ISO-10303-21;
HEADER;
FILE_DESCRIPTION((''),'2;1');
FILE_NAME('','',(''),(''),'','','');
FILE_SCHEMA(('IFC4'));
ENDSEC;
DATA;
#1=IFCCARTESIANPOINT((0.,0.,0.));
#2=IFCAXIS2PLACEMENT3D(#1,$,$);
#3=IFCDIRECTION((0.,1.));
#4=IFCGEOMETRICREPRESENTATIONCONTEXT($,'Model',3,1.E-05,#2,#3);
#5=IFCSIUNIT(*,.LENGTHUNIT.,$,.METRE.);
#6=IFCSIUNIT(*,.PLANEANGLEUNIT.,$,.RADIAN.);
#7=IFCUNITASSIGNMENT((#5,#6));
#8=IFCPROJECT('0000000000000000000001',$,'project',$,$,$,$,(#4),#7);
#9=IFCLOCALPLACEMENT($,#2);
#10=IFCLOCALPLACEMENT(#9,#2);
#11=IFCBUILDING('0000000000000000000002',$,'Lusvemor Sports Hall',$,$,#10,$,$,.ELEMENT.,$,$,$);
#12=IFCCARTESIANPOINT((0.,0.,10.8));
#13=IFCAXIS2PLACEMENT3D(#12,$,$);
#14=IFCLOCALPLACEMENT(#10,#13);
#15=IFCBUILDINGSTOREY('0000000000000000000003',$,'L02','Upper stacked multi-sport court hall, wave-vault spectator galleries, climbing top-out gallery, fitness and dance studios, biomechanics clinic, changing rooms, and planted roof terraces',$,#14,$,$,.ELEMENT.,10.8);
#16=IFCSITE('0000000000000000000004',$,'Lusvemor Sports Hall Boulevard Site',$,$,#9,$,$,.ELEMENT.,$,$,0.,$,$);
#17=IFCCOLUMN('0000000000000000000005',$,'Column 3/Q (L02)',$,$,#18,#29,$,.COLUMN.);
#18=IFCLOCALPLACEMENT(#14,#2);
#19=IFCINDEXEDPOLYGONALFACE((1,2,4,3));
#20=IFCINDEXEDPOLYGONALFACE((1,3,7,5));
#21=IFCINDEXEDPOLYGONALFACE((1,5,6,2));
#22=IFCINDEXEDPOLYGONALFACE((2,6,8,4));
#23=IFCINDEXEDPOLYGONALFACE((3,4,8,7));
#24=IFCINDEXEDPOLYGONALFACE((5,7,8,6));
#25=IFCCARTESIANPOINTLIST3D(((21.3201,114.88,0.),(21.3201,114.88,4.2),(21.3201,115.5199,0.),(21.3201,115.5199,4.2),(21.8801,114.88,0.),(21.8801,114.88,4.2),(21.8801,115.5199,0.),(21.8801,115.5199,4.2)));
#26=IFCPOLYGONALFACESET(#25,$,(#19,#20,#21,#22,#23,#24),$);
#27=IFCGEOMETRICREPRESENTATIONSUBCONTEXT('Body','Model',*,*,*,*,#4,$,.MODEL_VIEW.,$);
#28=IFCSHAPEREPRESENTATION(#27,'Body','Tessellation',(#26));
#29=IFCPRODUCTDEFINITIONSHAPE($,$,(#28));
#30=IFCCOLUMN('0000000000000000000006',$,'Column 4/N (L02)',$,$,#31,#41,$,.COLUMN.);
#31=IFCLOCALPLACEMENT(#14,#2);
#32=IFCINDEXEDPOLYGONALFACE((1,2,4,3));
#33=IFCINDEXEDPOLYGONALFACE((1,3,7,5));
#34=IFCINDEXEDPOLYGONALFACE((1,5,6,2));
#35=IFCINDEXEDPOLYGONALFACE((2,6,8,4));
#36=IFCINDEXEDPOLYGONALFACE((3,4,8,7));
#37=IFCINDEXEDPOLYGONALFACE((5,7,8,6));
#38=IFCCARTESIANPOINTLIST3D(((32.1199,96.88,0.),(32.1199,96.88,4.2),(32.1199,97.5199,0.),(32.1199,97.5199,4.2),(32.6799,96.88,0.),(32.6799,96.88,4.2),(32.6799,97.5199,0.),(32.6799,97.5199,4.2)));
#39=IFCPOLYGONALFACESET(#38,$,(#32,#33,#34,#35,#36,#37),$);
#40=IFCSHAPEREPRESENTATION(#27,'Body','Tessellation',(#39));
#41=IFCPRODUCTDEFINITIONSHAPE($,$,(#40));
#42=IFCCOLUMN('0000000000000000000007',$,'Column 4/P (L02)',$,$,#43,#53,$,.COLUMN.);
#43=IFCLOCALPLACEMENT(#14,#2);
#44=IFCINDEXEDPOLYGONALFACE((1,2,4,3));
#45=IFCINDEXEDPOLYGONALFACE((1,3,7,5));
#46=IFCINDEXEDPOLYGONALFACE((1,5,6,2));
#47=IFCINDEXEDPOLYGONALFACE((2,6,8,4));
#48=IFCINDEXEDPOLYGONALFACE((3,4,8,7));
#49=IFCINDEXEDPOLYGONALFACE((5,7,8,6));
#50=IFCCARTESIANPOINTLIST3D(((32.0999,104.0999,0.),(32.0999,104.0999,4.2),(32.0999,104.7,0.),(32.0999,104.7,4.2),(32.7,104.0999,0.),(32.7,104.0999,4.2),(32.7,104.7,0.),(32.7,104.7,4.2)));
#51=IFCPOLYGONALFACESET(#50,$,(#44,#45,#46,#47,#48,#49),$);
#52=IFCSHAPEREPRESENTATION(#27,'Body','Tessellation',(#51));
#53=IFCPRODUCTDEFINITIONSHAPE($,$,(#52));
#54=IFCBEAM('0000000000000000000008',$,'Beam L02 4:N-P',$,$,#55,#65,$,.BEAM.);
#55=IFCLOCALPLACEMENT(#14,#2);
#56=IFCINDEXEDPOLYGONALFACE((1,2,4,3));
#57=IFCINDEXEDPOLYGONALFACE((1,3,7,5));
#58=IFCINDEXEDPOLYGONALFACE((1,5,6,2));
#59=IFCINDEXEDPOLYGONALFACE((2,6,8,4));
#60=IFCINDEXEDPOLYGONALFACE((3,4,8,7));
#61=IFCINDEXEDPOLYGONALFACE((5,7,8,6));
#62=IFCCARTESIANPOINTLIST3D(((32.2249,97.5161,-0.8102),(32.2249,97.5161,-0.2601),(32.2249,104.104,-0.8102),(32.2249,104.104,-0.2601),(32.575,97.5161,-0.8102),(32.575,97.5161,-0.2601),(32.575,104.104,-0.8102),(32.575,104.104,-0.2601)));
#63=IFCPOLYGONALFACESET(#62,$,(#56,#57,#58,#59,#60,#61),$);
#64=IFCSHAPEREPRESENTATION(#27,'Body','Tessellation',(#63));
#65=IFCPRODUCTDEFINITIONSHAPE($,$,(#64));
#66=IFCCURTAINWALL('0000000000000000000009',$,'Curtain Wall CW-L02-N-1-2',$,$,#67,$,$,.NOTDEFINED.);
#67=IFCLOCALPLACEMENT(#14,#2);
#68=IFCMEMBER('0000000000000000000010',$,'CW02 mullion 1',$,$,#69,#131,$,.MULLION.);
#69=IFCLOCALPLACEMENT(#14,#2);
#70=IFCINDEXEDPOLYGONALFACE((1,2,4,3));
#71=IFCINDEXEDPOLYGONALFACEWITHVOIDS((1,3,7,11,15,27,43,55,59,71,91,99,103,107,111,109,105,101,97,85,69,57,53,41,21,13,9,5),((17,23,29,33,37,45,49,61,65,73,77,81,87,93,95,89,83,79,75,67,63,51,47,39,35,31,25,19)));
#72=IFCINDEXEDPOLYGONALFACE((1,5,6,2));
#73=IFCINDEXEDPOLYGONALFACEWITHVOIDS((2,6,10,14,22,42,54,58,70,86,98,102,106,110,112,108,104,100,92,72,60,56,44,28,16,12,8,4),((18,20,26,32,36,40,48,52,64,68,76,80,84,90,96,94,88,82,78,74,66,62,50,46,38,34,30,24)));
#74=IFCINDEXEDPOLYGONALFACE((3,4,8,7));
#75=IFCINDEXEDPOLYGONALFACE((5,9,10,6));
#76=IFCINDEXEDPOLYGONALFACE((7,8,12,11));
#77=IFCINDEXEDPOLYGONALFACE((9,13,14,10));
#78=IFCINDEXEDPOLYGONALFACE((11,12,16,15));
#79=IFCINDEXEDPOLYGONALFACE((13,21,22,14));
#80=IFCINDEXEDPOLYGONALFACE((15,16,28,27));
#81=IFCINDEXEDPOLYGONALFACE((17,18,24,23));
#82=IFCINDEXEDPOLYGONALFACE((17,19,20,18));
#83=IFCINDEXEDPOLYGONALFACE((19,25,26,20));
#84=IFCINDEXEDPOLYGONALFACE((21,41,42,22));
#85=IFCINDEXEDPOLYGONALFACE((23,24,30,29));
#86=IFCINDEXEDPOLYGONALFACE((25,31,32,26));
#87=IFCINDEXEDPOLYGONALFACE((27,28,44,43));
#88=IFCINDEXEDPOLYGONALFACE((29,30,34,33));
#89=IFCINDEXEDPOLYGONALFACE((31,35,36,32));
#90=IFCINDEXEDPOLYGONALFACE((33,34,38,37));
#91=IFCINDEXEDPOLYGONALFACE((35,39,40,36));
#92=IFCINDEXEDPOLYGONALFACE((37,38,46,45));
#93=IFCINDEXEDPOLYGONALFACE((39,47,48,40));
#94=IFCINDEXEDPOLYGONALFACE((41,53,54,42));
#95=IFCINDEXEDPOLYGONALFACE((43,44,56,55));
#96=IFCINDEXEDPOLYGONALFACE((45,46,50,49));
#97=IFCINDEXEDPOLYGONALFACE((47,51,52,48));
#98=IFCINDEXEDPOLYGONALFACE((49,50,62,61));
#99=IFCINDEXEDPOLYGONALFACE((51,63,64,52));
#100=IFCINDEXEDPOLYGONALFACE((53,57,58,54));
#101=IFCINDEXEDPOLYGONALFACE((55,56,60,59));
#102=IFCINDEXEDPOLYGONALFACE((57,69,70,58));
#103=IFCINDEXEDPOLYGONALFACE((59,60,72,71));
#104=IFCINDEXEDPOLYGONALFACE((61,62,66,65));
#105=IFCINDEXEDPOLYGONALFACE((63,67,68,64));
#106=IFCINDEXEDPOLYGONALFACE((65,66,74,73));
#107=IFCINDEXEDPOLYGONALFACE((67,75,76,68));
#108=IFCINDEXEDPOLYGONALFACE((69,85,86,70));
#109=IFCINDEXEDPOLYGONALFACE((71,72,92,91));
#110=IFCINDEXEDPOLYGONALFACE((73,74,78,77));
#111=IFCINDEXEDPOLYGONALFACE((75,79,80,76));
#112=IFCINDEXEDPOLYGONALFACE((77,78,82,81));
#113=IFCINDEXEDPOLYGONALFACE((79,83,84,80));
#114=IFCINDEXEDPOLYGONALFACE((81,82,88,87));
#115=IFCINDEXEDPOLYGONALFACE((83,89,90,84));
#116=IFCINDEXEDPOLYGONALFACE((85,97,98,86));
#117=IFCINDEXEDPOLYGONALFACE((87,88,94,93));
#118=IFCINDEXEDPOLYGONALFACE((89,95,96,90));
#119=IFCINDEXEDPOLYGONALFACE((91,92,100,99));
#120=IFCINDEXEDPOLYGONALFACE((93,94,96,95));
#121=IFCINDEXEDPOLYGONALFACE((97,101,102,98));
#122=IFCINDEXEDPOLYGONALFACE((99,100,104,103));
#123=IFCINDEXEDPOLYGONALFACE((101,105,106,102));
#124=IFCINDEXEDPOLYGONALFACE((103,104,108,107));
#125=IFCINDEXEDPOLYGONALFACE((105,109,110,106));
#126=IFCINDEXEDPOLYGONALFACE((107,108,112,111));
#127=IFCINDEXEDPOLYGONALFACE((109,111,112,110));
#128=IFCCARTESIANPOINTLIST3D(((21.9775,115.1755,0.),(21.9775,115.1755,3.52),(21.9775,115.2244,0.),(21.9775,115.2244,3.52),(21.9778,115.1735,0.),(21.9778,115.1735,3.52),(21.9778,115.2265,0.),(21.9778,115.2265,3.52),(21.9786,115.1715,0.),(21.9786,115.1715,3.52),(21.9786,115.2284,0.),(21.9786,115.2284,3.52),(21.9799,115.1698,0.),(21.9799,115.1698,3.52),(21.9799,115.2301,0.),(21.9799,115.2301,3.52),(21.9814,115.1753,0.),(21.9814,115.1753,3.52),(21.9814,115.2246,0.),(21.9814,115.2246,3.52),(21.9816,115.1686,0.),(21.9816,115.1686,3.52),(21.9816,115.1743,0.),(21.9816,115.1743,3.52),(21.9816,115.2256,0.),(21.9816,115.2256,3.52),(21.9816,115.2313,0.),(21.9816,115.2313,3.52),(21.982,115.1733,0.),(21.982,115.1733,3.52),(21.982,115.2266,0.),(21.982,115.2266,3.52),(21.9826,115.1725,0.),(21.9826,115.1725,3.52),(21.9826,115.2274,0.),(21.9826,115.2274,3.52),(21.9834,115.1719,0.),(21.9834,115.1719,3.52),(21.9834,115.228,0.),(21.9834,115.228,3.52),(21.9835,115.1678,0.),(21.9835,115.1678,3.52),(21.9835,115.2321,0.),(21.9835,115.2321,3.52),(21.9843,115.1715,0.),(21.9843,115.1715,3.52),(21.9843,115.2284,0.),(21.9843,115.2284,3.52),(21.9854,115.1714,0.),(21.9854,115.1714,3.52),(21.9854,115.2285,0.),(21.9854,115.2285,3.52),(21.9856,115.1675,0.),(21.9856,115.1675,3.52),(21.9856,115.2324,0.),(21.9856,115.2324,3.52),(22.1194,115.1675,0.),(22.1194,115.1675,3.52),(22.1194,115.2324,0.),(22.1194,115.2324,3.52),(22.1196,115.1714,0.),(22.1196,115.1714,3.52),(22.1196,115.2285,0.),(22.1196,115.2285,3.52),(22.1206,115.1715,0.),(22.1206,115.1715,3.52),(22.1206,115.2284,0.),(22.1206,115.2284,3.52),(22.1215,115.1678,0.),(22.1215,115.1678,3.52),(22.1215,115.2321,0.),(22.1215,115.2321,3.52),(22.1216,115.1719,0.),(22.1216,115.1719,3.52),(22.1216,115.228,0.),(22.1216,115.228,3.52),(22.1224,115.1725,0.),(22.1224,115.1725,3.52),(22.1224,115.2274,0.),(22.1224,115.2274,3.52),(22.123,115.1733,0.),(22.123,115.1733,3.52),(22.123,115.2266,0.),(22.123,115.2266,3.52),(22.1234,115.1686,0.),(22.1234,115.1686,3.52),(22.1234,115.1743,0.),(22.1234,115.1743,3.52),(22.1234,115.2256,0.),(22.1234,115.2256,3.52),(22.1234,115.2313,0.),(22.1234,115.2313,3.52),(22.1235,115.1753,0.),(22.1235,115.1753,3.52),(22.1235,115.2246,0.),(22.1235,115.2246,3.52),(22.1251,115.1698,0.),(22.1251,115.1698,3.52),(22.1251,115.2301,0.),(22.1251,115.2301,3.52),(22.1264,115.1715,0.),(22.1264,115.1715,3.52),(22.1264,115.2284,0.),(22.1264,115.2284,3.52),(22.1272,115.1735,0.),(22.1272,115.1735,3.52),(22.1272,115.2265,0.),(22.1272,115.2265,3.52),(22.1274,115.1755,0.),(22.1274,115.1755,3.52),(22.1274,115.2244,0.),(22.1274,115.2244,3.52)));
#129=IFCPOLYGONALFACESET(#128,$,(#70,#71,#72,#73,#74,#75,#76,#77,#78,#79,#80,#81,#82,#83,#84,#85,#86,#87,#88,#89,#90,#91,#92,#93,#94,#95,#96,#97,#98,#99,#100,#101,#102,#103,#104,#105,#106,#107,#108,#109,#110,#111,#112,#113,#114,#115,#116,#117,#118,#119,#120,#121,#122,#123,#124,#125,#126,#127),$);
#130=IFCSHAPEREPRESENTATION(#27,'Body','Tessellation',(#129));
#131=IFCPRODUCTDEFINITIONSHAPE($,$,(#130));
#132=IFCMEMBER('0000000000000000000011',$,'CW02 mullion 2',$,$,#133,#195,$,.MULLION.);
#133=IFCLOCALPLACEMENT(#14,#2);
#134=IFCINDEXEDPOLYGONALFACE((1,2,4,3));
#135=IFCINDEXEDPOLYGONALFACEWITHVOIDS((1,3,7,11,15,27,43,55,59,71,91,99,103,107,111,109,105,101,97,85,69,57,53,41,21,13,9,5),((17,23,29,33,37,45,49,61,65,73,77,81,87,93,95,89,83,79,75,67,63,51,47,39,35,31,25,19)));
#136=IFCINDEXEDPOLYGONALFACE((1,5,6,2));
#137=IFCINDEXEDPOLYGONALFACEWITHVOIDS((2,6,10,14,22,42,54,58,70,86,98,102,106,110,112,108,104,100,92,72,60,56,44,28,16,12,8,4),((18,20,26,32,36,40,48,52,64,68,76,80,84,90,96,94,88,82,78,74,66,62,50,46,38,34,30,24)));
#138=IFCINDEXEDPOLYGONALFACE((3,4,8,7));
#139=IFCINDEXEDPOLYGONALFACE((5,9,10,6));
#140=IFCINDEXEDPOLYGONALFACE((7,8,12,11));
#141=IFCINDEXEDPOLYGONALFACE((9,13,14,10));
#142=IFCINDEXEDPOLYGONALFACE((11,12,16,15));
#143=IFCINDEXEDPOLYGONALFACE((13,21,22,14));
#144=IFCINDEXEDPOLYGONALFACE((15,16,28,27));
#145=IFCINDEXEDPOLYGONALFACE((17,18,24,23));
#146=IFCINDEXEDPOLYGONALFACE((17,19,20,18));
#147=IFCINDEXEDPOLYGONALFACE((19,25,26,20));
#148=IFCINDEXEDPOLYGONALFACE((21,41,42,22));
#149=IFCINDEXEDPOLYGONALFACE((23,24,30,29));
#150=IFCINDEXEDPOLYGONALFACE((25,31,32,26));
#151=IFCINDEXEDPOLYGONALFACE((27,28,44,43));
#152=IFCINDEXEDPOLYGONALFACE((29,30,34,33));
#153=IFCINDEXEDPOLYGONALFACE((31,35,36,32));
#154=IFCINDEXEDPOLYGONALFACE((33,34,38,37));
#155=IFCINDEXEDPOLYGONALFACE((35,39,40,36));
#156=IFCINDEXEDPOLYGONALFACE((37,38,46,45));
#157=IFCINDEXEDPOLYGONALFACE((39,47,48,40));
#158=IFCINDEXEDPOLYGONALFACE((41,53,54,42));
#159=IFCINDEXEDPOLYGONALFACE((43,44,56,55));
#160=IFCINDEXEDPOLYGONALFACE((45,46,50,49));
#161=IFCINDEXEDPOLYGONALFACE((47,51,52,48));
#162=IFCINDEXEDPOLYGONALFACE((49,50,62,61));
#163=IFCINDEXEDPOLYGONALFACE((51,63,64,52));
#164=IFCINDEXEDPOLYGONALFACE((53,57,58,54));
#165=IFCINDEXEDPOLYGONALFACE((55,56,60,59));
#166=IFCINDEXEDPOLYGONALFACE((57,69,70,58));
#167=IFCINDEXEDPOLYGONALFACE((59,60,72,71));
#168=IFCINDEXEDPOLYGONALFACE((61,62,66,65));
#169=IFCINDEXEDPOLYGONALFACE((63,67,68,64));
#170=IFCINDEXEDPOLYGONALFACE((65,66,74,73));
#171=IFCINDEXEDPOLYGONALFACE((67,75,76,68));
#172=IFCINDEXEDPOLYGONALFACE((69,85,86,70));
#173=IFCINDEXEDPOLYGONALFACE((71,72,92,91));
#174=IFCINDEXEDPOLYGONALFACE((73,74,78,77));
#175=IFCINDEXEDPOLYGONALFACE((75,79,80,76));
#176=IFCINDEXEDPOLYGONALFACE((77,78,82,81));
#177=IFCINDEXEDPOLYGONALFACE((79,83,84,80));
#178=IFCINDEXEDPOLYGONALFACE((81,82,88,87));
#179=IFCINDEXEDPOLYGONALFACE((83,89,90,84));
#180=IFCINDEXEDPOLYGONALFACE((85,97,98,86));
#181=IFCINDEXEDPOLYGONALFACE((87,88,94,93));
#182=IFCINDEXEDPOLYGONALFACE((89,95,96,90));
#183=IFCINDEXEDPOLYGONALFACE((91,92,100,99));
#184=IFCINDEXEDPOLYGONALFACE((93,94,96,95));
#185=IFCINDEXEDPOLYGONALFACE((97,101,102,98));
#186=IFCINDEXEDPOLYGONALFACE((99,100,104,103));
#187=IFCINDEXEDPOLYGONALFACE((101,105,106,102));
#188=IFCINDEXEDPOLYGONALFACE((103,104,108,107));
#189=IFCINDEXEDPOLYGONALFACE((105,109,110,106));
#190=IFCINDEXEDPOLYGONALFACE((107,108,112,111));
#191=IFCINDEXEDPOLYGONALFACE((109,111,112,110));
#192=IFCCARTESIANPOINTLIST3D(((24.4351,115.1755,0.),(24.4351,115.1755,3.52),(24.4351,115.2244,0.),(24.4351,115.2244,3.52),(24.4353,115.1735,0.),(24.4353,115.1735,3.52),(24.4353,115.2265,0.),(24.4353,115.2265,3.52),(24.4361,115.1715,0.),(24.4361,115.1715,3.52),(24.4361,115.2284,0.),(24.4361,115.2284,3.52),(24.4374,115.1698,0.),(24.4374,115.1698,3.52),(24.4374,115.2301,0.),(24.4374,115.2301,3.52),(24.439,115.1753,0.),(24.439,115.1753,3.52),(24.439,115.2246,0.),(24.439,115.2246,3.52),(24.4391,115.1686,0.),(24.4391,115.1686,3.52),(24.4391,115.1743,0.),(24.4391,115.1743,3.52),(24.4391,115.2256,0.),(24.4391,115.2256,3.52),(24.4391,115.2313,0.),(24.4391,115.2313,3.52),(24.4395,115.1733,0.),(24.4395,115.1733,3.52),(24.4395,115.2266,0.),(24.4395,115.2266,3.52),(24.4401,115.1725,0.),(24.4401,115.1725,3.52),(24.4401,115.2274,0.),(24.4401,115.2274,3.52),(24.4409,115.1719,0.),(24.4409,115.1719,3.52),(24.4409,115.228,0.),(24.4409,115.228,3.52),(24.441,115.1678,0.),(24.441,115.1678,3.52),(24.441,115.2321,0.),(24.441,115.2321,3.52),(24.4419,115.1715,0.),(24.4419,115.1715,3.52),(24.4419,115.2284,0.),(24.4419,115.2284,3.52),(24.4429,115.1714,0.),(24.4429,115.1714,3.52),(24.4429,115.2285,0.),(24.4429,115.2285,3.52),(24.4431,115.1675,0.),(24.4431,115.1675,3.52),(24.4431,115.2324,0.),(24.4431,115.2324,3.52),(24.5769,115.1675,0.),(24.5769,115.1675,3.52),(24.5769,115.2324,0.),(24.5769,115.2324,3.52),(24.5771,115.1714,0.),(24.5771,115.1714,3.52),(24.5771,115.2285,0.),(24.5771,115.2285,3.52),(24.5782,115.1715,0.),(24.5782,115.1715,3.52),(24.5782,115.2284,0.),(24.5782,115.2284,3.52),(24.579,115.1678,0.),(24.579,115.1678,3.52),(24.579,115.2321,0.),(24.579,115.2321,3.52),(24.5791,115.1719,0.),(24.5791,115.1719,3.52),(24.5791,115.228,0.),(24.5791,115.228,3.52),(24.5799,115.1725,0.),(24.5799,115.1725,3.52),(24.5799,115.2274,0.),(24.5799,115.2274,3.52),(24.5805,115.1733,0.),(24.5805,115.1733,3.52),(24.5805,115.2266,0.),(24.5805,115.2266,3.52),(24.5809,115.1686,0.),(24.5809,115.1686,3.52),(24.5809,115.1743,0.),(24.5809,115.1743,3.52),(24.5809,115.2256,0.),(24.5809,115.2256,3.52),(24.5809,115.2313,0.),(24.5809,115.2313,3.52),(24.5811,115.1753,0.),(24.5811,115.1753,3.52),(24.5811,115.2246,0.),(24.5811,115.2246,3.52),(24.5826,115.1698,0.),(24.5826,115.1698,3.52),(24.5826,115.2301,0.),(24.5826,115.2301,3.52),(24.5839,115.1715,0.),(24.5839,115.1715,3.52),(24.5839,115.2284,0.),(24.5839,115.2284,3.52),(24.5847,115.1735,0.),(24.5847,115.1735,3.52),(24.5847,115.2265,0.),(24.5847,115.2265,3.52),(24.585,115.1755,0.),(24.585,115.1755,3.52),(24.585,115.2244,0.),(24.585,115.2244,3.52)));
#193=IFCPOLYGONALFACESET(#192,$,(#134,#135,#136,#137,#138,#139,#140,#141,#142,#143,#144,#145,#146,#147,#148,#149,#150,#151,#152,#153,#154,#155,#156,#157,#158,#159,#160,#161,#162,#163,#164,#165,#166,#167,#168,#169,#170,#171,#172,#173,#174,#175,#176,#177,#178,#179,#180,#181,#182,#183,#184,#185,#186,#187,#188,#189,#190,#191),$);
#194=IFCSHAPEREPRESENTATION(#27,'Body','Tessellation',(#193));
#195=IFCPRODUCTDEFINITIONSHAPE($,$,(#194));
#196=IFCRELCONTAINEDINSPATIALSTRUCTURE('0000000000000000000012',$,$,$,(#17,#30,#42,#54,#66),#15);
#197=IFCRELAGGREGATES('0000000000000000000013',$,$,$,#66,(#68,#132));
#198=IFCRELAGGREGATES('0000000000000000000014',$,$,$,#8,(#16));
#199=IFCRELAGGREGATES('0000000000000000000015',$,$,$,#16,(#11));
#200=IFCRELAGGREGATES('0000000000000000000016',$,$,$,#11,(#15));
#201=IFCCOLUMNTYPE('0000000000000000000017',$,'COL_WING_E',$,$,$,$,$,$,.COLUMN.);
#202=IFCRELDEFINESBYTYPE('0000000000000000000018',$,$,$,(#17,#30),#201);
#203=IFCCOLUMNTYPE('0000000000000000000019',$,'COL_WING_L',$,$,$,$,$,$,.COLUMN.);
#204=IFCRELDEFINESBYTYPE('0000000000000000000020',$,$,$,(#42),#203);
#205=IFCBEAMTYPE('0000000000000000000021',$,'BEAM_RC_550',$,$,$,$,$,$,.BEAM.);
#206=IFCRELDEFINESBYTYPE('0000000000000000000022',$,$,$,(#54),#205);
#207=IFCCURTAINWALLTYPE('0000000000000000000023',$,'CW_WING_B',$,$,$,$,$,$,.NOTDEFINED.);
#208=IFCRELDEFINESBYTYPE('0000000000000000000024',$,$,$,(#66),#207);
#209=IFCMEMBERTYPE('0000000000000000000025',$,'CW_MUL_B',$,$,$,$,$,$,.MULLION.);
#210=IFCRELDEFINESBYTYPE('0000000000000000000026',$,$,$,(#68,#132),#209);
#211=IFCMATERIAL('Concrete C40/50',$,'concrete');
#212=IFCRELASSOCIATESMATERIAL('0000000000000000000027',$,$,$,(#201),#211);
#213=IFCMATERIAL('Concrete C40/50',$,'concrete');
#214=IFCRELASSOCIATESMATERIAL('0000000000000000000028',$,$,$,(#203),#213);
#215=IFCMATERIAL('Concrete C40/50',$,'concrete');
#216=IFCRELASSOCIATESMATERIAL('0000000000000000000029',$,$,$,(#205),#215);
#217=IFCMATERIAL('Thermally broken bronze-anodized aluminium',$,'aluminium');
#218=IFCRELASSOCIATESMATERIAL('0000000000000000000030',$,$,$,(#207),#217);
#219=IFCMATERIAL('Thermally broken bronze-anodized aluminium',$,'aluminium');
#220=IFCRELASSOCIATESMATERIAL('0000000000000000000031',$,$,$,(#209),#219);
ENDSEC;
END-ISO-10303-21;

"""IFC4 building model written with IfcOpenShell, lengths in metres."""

from ifc_helpers import new_model, si_unit, direction, frame, origin, origin_2d, place, context, subcontext, project, spatial, rectangle, hollow_rectangle, extrude, material, material_profile, profile_set, type_object, element, aggregate, save


model = new_model("IFC4")

# Units and contexts
model_context = context("Model", 3, precision=1e-05, world=origin(), true_north=direction((0.0, 1.0)))
body_context = subcontext(model_context, "Body", "Model", "MODEL_VIEW")
ifc_project = project(units=[si_unit("LENGTHUNIT", "METRE"), si_unit("PLANEANGLEUNIT", "RADIAN")], contexts=[model_context])

# Site, building, storey
site_placement = place(None, origin())
site = spatial("IfcSite", under=ifc_project, at=site_placement, Name="Lusvemor Sports Hall Boulevard Site", CompositionType="ELEMENT", RefElevation=0.0)
building_placement = place(site_placement, origin())
building = spatial("IfcBuilding", under=site, at=building_placement, Name="Lusvemor Sports Hall", CompositionType="ELEMENT")
storey_placement = place(building_placement, frame((0.0, 0.0, 10.8)))
storey = spatial("IfcBuildingStorey", under=building, at=storey_placement, Name="L02", Description="Upper stacked multi-sport court hall, wave-vault spectator galleries, climbing top-out gallery, fitness and dance studios, biomechanics clinic, changing rooms, and planted roof terraces", CompositionType="ELEMENT", Elevation=10.8)

# Columns
ifc_material_1 = material(Name="Concrete C40/50", Category="concrete")
ifc_material_profile_1 = material_profile(ifc_material_1, rectangle(XDim=0.5601, YDim=0.6399, at=origin_2d()), Name="RC560x640")
ifc_profile_set_1 = profile_set([ifc_material_profile_1], Name="Concrete C40/50")
column_type_1 = type_object("IfcColumnType", Name="COL_WING_E", PredefinedType="COLUMN", material=ifc_profile_set_1)
for number, where, z_axis, x_axis, name in (
    (1, (21.6001, 115.2, 0.0), (0.0, 0.0, 1.0), (1.0, 0.0, 0.0), "Column 3/Q (L02)"),
    (2, (32.3999, 97.2, 0.0), (0.0, 0.0, 1.0), (1.0, 0.0, 0.0), "Column 4/N (L02)"),
):
    element("IfcColumn", number, at=place(storey_placement, frame(where, z_axis=z_axis, x_axis=x_axis)), inside=storey, type_object=column_type_1, Name=name, PredefinedType="COLUMN", context=body_context, shape_type="SweptSolid", body=[
        extrude(rectangle(XDim=0.5601, YDim=0.6399, at=origin_2d()), origin(), (0.0, 0.0, 1.0), 4.2),
    ])
ifc_material_2 = material(Name="Concrete C40/50", Category="concrete")
ifc_material_profile_2 = material_profile(ifc_material_2, rectangle(XDim=0.6001, YDim=0.6001, at=origin_2d()), Name="RC600x600")
ifc_profile_set_2 = profile_set([ifc_material_profile_2], Name="Concrete C40/50")
column_type_2 = type_object("IfcColumnType", Name="COL_WING_L", PredefinedType="COLUMN", material=ifc_profile_set_2)
column_placement = place(storey_placement, frame((32.3999, 104.3999, 0.0), z_axis=(0.0, 0.0, 1.0), x_axis=(1.0, 0.0, 0.0)))
element("IfcColumn", 3, at=column_placement, inside=storey, type_object=column_type_2, Name="Column 4/P (L02)", PredefinedType="COLUMN", context=body_context, shape_type="SweptSolid", body=[
    extrude(rectangle(XDim=0.6001, YDim=0.6001, at=origin_2d()), origin(), (0.0, 0.0, 1.0), 4.2),
])

# Beam
ifc_material_3 = material(Name="Concrete C40/50", Category="concrete")
ifc_material_profile_3 = material_profile(ifc_material_3, rectangle(XDim=0.3501, YDim=0.55, at=origin_2d()), Name="RC350x550")
ifc_profile_set_3 = profile_set([ifc_material_profile_3], Name="Concrete C40/50")
beam_type_1 = type_object("IfcBeamType", Name="BEAM_RC_550", PredefinedType="BEAM", material=ifc_profile_set_3)
beam_1_placement = place(storey_placement, frame((32.3999, 97.5161, -0.5352), z_axis=(0.0, 1.0, 0.0), x_axis=(-1.0, 0.0, 0.0)))
element("IfcBeam", 4, at=beam_1_placement, inside=storey, type_object=beam_type_1, Name="Beam L02 4:N-P", PredefinedType="BEAM", context=body_context, shape_type="SweptSolid", body=[
    extrude(rectangle(XDim=0.3501, YDim=0.55, at=origin_2d()), origin(), (0.0, 0.0, 1.0), 6.5879),
])

# Curtain wall, members
ifc_material_4 = material(Name="Thermally broken bronze-anodized aluminium", Category="aluminium")
curtain_wall_type = type_object("IfcCurtainWallType", Name="CW_WING_B", PredefinedType="NOTDEFINED", material=ifc_material_4)
curtain_wall_1_placement = place(storey_placement, origin())
curtain_wall_1 = element("IfcCurtainWall", 5, at=curtain_wall_1_placement, inside=storey, type_object=curtain_wall_type, Name="Curtain Wall CW-L02-N-1-2", PredefinedType="NOTDEFINED")
ifc_material_5 = material(Name="Thermally broken bronze-anodized aluminium", Category="aluminium")
ifc_material_profile_4 = material_profile(ifc_material_5, hollow_rectangle(XDim=0.0649, YDim=0.1499, WallThickness=0.0039, InnerFilletRadius=0.0039, OuterFilletRadius=0.0081, at=origin_2d()), Name="CWMUL150x65x4")
ifc_profile_set_4 = profile_set([ifc_material_profile_4], Name="Thermally broken bronze-anodized aluminium")
member_type_1 = type_object("IfcMemberType", Name="CW_MUL_B", PredefinedType="MULLION", material=ifc_profile_set_4)
member_1_placement = place(storey_placement, frame((22.0525, 115.2, 0.0), z_axis=(0.0, 0.0, 1.0), x_axis=(0.0, 1.0, 0.0)))
member_1 = element("IfcMember", 6, at=member_1_placement, type_object=member_type_1, Name="CW02 mullion 1", PredefinedType="MULLION", context=body_context, shape_type="SweptSolid", body=[
    extrude(hollow_rectangle(XDim=0.0649, YDim=0.1499, WallThickness=0.0039, InnerFilletRadius=0.0039, OuterFilletRadius=0.0081, at=origin_2d()), origin(), (0.0, 0.0, 1.0), 3.52),
])
member_2_placement = place(storey_placement, frame((24.51, 115.2, 0.0), z_axis=(0.0, 0.0, 1.0), x_axis=(0.0, 1.0, 0.0)))
member_2 = element("IfcMember", 7, at=member_2_placement, type_object=member_type_1, Name="CW02 mullion 2", PredefinedType="MULLION", context=body_context, shape_type="SweptSolid", body=[
    extrude(hollow_rectangle(XDim=0.0649, YDim=0.1499, WallThickness=0.0039, InnerFilletRadius=0.0039, OuterFilletRadius=0.0081, at=origin_2d()), origin(), (0.0, 0.0, 1.0), 3.52),
])

aggregate(curtain_wall_1, [member_1, member_2])

save(model, "model.ifc")
